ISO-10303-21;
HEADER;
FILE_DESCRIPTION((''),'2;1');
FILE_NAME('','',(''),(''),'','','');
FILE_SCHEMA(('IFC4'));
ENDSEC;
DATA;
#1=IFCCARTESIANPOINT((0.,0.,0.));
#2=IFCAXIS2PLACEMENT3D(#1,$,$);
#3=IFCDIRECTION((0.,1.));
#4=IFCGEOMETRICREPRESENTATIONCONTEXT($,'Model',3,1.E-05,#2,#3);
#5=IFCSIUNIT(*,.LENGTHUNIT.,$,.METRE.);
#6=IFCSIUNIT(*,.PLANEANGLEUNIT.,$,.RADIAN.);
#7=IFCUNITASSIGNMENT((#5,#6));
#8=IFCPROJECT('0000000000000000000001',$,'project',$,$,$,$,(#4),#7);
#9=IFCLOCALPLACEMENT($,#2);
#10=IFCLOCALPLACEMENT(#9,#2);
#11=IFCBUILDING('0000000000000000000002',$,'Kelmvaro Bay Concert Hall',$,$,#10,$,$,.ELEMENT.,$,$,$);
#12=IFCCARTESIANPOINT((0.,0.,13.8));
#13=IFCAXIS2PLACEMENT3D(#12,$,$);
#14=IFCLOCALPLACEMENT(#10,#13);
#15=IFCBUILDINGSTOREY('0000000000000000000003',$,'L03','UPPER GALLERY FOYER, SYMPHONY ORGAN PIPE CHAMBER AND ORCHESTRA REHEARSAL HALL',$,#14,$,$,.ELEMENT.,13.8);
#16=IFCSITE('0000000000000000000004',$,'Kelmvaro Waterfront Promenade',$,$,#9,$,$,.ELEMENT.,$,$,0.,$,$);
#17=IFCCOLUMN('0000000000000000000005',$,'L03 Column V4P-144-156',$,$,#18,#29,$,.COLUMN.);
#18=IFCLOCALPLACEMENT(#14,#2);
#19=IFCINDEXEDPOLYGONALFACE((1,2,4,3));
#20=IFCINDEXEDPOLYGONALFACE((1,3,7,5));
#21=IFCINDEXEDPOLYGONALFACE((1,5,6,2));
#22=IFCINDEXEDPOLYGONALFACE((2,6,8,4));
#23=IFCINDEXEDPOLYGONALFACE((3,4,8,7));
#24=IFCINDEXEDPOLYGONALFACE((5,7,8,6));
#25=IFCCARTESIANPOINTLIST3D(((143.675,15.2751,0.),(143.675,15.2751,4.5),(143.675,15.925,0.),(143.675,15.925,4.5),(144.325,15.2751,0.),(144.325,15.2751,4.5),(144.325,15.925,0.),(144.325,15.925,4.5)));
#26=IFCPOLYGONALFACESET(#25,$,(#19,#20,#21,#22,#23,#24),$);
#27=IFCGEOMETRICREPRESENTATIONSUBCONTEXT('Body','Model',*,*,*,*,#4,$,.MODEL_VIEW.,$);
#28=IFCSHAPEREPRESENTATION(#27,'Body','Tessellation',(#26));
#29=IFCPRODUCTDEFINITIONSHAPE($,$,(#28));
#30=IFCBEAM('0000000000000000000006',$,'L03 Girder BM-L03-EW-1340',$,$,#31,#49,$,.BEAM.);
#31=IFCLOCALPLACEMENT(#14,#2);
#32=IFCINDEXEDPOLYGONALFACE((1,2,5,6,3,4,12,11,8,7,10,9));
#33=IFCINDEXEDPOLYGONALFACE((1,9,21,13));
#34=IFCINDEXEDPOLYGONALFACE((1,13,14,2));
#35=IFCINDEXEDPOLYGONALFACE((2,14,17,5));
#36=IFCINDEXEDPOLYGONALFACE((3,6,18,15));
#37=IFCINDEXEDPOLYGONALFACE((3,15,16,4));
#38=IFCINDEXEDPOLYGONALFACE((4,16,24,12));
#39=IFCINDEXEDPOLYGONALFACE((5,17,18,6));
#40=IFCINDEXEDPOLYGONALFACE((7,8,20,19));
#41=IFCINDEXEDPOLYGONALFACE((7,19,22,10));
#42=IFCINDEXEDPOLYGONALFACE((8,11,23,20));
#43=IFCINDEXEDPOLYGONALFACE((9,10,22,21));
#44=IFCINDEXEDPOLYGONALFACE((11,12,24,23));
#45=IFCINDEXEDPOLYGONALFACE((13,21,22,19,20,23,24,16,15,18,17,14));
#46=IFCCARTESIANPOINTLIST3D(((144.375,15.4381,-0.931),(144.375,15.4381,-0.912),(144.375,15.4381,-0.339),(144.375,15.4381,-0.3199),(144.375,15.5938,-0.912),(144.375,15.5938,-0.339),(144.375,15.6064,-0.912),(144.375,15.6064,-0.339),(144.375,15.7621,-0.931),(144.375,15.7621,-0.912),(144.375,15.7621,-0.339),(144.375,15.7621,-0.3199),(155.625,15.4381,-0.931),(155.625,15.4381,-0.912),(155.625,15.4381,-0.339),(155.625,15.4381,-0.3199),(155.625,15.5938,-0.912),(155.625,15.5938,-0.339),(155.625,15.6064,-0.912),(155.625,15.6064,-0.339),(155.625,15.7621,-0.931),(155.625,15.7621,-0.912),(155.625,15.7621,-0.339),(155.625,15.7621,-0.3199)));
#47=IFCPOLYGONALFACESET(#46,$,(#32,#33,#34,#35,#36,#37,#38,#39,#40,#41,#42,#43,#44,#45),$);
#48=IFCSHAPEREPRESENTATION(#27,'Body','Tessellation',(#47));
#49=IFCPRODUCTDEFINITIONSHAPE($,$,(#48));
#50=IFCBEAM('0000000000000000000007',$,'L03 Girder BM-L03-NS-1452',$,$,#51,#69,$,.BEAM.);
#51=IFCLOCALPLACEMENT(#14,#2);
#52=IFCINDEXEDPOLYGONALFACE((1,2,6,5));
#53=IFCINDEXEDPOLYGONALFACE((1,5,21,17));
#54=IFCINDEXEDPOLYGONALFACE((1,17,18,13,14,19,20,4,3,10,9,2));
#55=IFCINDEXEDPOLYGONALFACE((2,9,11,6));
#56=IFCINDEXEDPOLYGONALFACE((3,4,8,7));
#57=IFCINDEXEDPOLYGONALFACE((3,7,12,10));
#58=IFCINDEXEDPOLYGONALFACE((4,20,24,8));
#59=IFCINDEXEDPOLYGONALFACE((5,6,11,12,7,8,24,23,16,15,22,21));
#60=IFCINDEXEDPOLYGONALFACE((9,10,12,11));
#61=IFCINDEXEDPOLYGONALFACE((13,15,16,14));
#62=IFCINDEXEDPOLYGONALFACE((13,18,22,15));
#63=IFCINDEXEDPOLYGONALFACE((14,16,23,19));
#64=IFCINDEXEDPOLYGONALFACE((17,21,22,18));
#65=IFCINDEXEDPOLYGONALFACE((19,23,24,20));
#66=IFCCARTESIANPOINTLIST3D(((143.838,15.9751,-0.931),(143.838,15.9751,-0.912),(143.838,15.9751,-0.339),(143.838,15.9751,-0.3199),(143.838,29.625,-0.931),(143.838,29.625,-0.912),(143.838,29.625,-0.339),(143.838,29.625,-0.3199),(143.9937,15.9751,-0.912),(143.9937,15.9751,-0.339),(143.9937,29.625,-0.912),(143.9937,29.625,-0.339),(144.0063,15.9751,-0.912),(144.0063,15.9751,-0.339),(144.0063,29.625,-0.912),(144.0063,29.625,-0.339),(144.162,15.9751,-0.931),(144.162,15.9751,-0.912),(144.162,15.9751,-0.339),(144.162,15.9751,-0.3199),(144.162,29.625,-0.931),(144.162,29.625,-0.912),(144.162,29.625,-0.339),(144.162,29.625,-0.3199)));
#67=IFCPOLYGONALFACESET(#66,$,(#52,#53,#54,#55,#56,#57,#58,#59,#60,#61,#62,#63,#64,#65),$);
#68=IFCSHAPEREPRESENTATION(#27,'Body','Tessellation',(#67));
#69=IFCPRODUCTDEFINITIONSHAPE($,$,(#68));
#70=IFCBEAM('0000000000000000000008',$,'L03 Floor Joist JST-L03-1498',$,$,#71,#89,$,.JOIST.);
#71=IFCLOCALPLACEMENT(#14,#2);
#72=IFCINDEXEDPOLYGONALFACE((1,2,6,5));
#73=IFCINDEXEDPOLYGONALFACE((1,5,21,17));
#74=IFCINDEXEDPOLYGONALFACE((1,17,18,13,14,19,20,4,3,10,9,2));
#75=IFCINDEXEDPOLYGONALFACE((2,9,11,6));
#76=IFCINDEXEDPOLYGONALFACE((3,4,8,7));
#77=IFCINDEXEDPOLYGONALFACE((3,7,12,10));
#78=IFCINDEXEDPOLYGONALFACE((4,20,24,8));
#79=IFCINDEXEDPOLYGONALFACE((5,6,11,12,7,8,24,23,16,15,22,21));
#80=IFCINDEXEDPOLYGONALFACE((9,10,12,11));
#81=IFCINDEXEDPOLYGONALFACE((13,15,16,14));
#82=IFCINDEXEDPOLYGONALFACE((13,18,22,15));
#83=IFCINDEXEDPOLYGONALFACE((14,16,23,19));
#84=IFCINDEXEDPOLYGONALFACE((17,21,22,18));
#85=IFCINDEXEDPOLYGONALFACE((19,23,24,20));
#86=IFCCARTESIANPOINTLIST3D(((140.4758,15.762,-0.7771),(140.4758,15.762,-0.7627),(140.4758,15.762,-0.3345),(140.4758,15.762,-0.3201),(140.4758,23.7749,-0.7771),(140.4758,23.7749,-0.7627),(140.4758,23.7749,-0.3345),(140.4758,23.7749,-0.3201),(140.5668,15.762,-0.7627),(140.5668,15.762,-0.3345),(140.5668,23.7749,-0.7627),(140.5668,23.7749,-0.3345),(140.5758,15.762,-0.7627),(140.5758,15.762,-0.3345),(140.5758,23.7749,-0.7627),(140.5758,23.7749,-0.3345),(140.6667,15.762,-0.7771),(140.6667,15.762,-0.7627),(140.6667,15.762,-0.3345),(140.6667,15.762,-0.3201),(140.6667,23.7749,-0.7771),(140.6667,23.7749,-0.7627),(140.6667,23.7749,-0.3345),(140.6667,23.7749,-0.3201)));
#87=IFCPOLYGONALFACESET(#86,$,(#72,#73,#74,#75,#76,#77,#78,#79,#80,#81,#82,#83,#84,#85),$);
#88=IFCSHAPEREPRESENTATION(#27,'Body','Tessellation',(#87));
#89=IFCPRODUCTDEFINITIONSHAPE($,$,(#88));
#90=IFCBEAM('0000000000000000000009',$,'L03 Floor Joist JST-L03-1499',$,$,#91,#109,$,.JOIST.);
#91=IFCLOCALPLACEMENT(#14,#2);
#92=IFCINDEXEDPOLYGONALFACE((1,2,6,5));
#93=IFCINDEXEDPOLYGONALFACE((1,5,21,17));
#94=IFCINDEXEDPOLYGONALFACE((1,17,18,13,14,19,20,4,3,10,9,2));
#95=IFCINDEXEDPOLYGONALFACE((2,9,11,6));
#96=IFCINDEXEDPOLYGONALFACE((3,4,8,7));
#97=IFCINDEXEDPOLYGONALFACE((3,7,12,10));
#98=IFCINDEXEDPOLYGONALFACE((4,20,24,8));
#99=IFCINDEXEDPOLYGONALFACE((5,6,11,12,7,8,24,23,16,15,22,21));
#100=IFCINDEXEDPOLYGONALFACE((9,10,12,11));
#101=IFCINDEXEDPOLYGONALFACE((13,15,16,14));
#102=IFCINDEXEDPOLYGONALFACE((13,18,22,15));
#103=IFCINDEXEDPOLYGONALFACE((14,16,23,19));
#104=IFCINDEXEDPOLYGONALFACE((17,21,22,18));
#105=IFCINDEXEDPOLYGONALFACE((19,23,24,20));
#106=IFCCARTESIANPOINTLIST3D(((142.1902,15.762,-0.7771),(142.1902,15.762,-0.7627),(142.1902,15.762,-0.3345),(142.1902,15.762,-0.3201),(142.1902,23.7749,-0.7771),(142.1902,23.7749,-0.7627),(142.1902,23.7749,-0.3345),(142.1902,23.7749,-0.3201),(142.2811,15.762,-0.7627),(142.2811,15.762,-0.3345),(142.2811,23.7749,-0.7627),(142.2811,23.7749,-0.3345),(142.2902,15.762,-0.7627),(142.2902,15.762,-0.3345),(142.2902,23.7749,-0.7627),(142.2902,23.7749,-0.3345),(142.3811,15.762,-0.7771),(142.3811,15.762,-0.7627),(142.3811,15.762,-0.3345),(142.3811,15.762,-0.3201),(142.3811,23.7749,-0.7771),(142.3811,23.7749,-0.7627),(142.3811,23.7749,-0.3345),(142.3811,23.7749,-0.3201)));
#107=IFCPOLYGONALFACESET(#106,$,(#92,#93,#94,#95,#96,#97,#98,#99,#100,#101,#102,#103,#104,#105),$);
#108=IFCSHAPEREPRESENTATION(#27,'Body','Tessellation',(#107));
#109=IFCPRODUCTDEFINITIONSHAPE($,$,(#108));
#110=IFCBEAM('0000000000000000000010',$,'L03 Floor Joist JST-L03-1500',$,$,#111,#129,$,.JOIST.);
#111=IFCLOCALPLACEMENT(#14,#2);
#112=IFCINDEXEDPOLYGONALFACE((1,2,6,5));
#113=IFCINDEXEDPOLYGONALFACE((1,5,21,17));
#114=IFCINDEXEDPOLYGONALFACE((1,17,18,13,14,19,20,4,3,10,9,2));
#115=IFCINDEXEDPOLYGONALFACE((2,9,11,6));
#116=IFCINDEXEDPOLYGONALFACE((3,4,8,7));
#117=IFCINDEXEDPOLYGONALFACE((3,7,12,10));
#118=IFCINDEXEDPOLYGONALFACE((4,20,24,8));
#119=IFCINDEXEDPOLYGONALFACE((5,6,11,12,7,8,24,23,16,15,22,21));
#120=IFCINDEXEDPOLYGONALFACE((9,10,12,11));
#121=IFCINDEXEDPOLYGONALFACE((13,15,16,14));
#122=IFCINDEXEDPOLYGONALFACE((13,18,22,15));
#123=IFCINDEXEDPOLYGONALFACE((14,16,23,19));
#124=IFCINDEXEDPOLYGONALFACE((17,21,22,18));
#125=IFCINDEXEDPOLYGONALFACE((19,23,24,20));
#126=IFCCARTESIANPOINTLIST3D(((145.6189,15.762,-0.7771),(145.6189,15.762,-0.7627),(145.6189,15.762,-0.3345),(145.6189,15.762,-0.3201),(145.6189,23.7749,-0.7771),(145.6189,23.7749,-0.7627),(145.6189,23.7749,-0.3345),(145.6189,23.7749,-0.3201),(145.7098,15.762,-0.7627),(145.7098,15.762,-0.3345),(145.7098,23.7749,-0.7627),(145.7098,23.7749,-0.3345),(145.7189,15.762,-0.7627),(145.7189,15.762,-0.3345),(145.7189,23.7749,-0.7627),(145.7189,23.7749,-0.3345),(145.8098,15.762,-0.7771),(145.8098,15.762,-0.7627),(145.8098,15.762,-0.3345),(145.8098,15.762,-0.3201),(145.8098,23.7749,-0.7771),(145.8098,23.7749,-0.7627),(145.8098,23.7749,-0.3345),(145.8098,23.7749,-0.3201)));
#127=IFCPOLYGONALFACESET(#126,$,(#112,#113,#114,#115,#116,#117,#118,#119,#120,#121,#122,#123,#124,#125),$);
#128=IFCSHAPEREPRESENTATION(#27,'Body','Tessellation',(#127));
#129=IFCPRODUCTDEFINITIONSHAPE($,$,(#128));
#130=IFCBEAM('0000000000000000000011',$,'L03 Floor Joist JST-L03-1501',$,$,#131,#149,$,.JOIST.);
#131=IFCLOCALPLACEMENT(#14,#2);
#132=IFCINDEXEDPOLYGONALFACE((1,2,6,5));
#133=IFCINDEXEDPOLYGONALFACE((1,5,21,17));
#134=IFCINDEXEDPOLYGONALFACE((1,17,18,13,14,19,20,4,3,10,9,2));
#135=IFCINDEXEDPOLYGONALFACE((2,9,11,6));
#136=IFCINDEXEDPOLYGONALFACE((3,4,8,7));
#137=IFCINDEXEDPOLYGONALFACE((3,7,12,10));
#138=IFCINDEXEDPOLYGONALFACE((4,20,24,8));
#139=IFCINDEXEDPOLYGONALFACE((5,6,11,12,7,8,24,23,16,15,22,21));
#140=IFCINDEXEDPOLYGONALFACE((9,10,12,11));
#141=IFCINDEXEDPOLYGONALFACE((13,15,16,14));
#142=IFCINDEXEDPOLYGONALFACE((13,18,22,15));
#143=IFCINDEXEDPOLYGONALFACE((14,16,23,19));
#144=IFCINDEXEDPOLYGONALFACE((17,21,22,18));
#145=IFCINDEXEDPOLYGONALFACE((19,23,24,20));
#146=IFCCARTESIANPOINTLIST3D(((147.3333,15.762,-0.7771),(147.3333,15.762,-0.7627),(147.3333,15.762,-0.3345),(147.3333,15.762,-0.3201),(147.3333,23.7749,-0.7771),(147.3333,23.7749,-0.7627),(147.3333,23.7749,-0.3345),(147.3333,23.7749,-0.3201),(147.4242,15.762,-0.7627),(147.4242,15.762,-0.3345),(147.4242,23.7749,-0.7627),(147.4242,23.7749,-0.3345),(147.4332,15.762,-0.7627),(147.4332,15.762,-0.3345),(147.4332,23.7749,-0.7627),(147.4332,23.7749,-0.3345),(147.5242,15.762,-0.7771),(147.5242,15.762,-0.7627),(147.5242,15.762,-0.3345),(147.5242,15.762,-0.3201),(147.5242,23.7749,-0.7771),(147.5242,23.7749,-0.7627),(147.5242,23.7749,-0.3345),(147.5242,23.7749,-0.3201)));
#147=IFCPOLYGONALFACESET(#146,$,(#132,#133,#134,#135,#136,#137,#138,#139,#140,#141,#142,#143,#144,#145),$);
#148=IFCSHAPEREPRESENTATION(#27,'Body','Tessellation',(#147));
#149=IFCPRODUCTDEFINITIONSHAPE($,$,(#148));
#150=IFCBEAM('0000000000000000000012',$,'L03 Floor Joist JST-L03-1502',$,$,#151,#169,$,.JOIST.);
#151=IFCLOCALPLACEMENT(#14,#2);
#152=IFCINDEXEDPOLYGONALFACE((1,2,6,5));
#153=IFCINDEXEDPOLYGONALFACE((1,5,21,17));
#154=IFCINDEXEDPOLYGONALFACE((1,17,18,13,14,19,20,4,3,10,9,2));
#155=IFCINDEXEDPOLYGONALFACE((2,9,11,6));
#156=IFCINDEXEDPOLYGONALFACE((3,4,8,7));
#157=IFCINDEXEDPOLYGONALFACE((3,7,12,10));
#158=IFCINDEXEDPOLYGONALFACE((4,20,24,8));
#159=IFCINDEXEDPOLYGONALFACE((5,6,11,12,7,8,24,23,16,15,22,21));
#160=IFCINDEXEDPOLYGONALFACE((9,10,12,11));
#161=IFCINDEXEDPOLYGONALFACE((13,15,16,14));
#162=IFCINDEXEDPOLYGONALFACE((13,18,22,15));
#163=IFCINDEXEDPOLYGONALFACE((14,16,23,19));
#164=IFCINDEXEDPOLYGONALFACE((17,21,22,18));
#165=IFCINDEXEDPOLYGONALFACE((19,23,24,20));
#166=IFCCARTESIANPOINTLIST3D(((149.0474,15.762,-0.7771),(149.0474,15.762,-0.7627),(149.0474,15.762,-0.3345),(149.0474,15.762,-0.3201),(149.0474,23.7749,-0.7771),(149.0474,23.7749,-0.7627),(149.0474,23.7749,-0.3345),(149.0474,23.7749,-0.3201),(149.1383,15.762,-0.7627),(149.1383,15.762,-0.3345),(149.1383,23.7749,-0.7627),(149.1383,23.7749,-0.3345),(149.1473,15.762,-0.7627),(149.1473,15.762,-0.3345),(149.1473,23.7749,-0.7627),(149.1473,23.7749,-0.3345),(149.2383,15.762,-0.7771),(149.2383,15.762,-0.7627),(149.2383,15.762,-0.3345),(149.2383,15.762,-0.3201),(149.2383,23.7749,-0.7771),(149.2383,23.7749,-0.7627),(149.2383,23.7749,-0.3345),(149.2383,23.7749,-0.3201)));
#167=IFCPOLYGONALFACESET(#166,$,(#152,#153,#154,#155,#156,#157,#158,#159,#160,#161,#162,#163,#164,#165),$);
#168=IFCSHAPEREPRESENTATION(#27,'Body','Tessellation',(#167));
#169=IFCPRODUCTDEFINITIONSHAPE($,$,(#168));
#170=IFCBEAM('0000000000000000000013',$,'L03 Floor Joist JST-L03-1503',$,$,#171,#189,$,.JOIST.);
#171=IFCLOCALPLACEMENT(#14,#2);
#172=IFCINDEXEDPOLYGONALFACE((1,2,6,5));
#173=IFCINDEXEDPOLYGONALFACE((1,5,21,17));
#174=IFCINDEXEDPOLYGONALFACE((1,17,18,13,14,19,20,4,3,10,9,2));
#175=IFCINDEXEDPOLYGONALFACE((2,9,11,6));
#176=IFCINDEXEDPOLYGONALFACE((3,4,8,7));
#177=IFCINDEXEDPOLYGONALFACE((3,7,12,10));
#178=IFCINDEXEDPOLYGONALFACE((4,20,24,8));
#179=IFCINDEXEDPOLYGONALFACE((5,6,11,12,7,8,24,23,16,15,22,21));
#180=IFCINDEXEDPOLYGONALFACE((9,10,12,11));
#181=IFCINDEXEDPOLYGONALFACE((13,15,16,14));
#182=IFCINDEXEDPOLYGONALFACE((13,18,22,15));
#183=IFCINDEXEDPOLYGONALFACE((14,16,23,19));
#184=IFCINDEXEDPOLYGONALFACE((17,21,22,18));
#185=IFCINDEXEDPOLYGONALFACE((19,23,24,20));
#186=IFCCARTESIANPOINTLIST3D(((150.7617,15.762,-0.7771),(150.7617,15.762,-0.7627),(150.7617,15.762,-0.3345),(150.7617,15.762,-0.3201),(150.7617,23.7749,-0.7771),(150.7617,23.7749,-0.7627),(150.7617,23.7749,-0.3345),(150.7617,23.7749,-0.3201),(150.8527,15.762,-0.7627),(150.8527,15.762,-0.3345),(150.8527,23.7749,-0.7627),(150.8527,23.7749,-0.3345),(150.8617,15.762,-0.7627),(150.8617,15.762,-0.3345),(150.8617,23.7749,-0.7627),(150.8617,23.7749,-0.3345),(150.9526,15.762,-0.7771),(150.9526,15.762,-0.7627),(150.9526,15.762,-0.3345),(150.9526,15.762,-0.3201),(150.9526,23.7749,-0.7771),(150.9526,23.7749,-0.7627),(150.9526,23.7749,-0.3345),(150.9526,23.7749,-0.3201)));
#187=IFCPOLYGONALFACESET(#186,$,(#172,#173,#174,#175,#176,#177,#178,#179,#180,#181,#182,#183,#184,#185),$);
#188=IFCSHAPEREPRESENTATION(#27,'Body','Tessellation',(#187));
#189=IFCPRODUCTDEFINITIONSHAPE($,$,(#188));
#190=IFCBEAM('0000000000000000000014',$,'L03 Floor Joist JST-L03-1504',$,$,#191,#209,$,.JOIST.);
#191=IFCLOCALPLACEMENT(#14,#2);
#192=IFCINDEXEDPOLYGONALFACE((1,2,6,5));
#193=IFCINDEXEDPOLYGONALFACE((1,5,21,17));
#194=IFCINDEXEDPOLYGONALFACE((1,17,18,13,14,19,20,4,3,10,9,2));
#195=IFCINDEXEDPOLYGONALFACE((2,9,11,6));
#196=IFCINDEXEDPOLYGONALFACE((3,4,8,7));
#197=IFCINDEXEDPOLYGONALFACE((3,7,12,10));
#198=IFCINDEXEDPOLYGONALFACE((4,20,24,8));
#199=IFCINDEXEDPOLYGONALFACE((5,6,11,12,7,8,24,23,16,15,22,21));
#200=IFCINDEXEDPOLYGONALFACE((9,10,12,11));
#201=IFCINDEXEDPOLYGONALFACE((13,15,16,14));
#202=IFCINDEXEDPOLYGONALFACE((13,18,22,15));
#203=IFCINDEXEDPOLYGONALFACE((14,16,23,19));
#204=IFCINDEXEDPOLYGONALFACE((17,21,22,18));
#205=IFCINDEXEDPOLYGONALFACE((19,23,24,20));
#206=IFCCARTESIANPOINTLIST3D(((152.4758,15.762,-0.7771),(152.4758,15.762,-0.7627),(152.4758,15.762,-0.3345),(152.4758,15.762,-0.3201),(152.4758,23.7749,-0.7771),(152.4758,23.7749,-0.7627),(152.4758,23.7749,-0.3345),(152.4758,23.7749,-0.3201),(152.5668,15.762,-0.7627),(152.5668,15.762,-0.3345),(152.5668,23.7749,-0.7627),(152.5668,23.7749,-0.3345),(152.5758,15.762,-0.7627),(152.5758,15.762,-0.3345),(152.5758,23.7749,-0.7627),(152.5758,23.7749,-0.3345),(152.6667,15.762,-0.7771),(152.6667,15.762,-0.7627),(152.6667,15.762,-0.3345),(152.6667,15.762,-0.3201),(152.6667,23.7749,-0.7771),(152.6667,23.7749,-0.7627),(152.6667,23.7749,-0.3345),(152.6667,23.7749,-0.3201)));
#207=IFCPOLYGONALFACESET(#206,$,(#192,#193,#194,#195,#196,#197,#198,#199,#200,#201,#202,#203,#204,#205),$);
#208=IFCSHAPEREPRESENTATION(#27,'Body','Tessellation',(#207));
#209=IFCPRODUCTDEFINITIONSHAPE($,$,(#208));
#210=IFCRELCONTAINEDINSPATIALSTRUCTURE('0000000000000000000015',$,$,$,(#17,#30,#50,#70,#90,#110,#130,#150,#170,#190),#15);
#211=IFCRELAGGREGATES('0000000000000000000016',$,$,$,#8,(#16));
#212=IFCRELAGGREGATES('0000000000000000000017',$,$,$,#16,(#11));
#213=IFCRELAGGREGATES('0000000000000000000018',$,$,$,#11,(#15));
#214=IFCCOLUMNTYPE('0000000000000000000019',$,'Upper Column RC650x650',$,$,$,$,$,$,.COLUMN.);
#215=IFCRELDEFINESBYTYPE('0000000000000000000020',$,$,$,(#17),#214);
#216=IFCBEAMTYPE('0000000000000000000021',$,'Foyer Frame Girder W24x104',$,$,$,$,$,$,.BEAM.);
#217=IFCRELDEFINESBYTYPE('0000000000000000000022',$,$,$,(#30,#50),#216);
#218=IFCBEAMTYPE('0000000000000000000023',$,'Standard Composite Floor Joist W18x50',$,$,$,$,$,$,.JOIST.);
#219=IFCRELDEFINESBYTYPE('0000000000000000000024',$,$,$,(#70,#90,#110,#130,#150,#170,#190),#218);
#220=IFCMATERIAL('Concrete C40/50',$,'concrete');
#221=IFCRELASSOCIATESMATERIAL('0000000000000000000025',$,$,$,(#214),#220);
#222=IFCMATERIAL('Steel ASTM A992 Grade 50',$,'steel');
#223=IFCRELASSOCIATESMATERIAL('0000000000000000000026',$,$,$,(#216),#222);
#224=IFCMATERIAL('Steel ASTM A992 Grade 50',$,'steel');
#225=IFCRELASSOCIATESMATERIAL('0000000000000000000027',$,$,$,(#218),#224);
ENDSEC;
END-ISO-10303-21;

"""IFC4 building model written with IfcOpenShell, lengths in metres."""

from ifc_helpers import new_model, si_unit, direction, frame, origin, origin_2d, place, context, subcontext, project, spatial, rectangle, i_section, extrude, material, material_profile, profile_set, type_object, element, save


model = new_model("IFC4")

# Units and contexts
model_context = context("Model", 3, precision=1e-05, world=origin(), true_north=direction((0.0, 1.0)))
body_context = subcontext(model_context, "Body", "Model", "MODEL_VIEW")
ifc_project = project(units=[si_unit("LENGTHUNIT", "METRE"), si_unit("PLANEANGLEUNIT", "RADIAN")], contexts=[model_context])

# Site, building, storey
site_placement = place(None, origin())
site = spatial("IfcSite", under=ifc_project, at=site_placement, Name="Kelmvaro Waterfront Promenade", CompositionType="ELEMENT", RefElevation=0.0)
building_placement = place(site_placement, origin())
building = spatial("IfcBuilding", under=site, at=building_placement, Name="Kelmvaro Bay Concert Hall", CompositionType="ELEMENT")
storey_placement = place(building_placement, frame((0.0, 0.0, 13.8)))
storey = spatial("IfcBuildingStorey", under=building, at=storey_placement, Name="L03", Description="UPPER GALLERY FOYER, SYMPHONY ORGAN PIPE CHAMBER AND ORCHESTRA REHEARSAL HALL", CompositionType="ELEMENT", Elevation=13.8)

# Column
ifc_material_1 = material(Name="Concrete C40/50", Category="concrete")
ifc_material_profile_1 = material_profile(ifc_material_1, rectangle(XDim=0.6499, YDim=0.6499, at=origin_2d()), Name="RC-COL-650X650")
ifc_profile_set_1 = profile_set([ifc_material_profile_1], Name="Concrete C40/50")
column_type = type_object("IfcColumnType", Name="Upper Column RC650x650", PredefinedType="COLUMN", material=ifc_profile_set_1)
column_placement = place(storey_placement, frame((144.0, 15.6001, 0.0), z_axis=(0.0, 0.0, 1.0), x_axis=(1.0, 0.0, 0.0)))
element("IfcColumn", 1, at=column_placement, inside=storey, type_object=column_type, Name="L03 Column V4P-144-156", PredefinedType="COLUMN", context=body_context, shape_type="SweptSolid", body=[
    extrude(rectangle(XDim=0.6499, YDim=0.6499, at=origin_2d()), origin(), (0.0, 0.0, 1.0), 4.5),
])

# Beams
ifc_material_2 = material(Name="Steel ASTM A992 Grade 50", Category="steel")
ifc_material_profile_2 = material_profile(ifc_material_2, i_section(OverallWidth=0.324, OverallDepth=0.6111, WebThickness=0.0127, FlangeThickness=0.019, at=origin_2d()), Name="W24X104")
ifc_profile_set_2 = profile_set([ifc_material_profile_2], Name="Steel ASTM A992 Grade 50")
beam_type_1 = type_object("IfcBeamType", Name="Foyer Frame Girder W24x104", PredefinedType="BEAM", material=ifc_profile_set_2)
beam_1_placement = place(storey_placement, frame((144.375, 15.6001, -0.6255), z_axis=(1.0, 0.0, 0.0), x_axis=(0.0, 1.0, 0.0)))
element("IfcBeam", 2, at=beam_1_placement, inside=storey, type_object=beam_type_1, Name="L03 Girder BM-L03-EW-1340", PredefinedType="BEAM", context=body_context, shape_type="SweptSolid", body=[
    extrude(i_section(OverallWidth=0.324, OverallDepth=0.6111, WebThickness=0.0127, FlangeThickness=0.019, at=origin_2d()), origin(), (0.0, 0.0, 1.0), 11.25),
])
beam_2_placement = place(storey_placement, frame((144.0, 15.9751, -0.6255), z_axis=(0.0, 1.0, 0.0), x_axis=(-1.0, 0.0, 0.0)))
element("IfcBeam", 3, at=beam_2_placement, inside=storey, type_object=beam_type_1, Name="L03 Girder BM-L03-NS-1452", PredefinedType="BEAM", context=body_context, shape_type="SweptSolid", body=[
    extrude(i_section(OverallWidth=0.324, OverallDepth=0.6111, WebThickness=0.0127, FlangeThickness=0.019, at=origin_2d()), origin(), (0.0, 0.0, 1.0), 13.6499),
])
ifc_material_3 = material(Name="Steel ASTM A992 Grade 50", Category="steel")
ifc_material_profile_3 = material_profile(ifc_material_3, i_section(OverallWidth=0.1909, OverallDepth=0.457, WebThickness=0.009, FlangeThickness=0.0144, at=origin_2d()), Name="W18X50")
ifc_profile_set_3 = profile_set([ifc_material_profile_3], Name="Steel ASTM A992 Grade 50")
beam_type_2 = type_object("IfcBeamType", Name="Standard Composite Floor Joist W18x50", PredefinedType="JOIST", material=ifc_profile_set_3)
for number, where, z_axis, x_axis, name in (
    (4, (140.5713, 15.762, -0.5486), (0.0, 1.0, 0.0), (-1.0, 0.0, 0.0), "L03 Floor Joist JST-L03-1498"),
    (5, (142.2856, 15.762, -0.5486), (0.0, 1.0, 0.0), (-1.0, 0.0, 0.0), "L03 Floor Joist JST-L03-1499"),
    (6, (145.7144, 15.762, -0.5486), (0.0, 1.0, 0.0), (-1.0, 0.0, 0.0), "L03 Floor Joist JST-L03-1500"),
    (7, (147.4287, 15.762, -0.5486), (0.0, 1.0, 0.0), (-1.0, 0.0, 0.0), "L03 Floor Joist JST-L03-1501"),
    (8, (149.1428, 15.762, -0.5486), (0.0, 1.0, 0.0), (-1.0, 0.0, 0.0), "L03 Floor Joist JST-L03-1502"),
    (9, (150.8572, 15.762, -0.5486), (0.0, 1.0, 0.0), (-1.0, 0.0, 0.0), "L03 Floor Joist JST-L03-1503"),
    (10, (152.5713, 15.762, -0.5486), (0.0, 1.0, 0.0), (-1.0, 0.0, 0.0), "L03 Floor Joist JST-L03-1504"),
):
    element("IfcBeam", number, at=place(storey_placement, frame(where, z_axis=z_axis, x_axis=x_axis)), inside=storey, type_object=beam_type_2, Name=name, PredefinedType="JOIST", context=body_context, shape_type="SweptSolid", body=[
        extrude(i_section(OverallWidth=0.1909, OverallDepth=0.457, WebThickness=0.009, FlangeThickness=0.0144, at=origin_2d()), origin(), (0.0, 0.0, 1.0), 8.0129),
    ])

save(model, "model.ifc")
